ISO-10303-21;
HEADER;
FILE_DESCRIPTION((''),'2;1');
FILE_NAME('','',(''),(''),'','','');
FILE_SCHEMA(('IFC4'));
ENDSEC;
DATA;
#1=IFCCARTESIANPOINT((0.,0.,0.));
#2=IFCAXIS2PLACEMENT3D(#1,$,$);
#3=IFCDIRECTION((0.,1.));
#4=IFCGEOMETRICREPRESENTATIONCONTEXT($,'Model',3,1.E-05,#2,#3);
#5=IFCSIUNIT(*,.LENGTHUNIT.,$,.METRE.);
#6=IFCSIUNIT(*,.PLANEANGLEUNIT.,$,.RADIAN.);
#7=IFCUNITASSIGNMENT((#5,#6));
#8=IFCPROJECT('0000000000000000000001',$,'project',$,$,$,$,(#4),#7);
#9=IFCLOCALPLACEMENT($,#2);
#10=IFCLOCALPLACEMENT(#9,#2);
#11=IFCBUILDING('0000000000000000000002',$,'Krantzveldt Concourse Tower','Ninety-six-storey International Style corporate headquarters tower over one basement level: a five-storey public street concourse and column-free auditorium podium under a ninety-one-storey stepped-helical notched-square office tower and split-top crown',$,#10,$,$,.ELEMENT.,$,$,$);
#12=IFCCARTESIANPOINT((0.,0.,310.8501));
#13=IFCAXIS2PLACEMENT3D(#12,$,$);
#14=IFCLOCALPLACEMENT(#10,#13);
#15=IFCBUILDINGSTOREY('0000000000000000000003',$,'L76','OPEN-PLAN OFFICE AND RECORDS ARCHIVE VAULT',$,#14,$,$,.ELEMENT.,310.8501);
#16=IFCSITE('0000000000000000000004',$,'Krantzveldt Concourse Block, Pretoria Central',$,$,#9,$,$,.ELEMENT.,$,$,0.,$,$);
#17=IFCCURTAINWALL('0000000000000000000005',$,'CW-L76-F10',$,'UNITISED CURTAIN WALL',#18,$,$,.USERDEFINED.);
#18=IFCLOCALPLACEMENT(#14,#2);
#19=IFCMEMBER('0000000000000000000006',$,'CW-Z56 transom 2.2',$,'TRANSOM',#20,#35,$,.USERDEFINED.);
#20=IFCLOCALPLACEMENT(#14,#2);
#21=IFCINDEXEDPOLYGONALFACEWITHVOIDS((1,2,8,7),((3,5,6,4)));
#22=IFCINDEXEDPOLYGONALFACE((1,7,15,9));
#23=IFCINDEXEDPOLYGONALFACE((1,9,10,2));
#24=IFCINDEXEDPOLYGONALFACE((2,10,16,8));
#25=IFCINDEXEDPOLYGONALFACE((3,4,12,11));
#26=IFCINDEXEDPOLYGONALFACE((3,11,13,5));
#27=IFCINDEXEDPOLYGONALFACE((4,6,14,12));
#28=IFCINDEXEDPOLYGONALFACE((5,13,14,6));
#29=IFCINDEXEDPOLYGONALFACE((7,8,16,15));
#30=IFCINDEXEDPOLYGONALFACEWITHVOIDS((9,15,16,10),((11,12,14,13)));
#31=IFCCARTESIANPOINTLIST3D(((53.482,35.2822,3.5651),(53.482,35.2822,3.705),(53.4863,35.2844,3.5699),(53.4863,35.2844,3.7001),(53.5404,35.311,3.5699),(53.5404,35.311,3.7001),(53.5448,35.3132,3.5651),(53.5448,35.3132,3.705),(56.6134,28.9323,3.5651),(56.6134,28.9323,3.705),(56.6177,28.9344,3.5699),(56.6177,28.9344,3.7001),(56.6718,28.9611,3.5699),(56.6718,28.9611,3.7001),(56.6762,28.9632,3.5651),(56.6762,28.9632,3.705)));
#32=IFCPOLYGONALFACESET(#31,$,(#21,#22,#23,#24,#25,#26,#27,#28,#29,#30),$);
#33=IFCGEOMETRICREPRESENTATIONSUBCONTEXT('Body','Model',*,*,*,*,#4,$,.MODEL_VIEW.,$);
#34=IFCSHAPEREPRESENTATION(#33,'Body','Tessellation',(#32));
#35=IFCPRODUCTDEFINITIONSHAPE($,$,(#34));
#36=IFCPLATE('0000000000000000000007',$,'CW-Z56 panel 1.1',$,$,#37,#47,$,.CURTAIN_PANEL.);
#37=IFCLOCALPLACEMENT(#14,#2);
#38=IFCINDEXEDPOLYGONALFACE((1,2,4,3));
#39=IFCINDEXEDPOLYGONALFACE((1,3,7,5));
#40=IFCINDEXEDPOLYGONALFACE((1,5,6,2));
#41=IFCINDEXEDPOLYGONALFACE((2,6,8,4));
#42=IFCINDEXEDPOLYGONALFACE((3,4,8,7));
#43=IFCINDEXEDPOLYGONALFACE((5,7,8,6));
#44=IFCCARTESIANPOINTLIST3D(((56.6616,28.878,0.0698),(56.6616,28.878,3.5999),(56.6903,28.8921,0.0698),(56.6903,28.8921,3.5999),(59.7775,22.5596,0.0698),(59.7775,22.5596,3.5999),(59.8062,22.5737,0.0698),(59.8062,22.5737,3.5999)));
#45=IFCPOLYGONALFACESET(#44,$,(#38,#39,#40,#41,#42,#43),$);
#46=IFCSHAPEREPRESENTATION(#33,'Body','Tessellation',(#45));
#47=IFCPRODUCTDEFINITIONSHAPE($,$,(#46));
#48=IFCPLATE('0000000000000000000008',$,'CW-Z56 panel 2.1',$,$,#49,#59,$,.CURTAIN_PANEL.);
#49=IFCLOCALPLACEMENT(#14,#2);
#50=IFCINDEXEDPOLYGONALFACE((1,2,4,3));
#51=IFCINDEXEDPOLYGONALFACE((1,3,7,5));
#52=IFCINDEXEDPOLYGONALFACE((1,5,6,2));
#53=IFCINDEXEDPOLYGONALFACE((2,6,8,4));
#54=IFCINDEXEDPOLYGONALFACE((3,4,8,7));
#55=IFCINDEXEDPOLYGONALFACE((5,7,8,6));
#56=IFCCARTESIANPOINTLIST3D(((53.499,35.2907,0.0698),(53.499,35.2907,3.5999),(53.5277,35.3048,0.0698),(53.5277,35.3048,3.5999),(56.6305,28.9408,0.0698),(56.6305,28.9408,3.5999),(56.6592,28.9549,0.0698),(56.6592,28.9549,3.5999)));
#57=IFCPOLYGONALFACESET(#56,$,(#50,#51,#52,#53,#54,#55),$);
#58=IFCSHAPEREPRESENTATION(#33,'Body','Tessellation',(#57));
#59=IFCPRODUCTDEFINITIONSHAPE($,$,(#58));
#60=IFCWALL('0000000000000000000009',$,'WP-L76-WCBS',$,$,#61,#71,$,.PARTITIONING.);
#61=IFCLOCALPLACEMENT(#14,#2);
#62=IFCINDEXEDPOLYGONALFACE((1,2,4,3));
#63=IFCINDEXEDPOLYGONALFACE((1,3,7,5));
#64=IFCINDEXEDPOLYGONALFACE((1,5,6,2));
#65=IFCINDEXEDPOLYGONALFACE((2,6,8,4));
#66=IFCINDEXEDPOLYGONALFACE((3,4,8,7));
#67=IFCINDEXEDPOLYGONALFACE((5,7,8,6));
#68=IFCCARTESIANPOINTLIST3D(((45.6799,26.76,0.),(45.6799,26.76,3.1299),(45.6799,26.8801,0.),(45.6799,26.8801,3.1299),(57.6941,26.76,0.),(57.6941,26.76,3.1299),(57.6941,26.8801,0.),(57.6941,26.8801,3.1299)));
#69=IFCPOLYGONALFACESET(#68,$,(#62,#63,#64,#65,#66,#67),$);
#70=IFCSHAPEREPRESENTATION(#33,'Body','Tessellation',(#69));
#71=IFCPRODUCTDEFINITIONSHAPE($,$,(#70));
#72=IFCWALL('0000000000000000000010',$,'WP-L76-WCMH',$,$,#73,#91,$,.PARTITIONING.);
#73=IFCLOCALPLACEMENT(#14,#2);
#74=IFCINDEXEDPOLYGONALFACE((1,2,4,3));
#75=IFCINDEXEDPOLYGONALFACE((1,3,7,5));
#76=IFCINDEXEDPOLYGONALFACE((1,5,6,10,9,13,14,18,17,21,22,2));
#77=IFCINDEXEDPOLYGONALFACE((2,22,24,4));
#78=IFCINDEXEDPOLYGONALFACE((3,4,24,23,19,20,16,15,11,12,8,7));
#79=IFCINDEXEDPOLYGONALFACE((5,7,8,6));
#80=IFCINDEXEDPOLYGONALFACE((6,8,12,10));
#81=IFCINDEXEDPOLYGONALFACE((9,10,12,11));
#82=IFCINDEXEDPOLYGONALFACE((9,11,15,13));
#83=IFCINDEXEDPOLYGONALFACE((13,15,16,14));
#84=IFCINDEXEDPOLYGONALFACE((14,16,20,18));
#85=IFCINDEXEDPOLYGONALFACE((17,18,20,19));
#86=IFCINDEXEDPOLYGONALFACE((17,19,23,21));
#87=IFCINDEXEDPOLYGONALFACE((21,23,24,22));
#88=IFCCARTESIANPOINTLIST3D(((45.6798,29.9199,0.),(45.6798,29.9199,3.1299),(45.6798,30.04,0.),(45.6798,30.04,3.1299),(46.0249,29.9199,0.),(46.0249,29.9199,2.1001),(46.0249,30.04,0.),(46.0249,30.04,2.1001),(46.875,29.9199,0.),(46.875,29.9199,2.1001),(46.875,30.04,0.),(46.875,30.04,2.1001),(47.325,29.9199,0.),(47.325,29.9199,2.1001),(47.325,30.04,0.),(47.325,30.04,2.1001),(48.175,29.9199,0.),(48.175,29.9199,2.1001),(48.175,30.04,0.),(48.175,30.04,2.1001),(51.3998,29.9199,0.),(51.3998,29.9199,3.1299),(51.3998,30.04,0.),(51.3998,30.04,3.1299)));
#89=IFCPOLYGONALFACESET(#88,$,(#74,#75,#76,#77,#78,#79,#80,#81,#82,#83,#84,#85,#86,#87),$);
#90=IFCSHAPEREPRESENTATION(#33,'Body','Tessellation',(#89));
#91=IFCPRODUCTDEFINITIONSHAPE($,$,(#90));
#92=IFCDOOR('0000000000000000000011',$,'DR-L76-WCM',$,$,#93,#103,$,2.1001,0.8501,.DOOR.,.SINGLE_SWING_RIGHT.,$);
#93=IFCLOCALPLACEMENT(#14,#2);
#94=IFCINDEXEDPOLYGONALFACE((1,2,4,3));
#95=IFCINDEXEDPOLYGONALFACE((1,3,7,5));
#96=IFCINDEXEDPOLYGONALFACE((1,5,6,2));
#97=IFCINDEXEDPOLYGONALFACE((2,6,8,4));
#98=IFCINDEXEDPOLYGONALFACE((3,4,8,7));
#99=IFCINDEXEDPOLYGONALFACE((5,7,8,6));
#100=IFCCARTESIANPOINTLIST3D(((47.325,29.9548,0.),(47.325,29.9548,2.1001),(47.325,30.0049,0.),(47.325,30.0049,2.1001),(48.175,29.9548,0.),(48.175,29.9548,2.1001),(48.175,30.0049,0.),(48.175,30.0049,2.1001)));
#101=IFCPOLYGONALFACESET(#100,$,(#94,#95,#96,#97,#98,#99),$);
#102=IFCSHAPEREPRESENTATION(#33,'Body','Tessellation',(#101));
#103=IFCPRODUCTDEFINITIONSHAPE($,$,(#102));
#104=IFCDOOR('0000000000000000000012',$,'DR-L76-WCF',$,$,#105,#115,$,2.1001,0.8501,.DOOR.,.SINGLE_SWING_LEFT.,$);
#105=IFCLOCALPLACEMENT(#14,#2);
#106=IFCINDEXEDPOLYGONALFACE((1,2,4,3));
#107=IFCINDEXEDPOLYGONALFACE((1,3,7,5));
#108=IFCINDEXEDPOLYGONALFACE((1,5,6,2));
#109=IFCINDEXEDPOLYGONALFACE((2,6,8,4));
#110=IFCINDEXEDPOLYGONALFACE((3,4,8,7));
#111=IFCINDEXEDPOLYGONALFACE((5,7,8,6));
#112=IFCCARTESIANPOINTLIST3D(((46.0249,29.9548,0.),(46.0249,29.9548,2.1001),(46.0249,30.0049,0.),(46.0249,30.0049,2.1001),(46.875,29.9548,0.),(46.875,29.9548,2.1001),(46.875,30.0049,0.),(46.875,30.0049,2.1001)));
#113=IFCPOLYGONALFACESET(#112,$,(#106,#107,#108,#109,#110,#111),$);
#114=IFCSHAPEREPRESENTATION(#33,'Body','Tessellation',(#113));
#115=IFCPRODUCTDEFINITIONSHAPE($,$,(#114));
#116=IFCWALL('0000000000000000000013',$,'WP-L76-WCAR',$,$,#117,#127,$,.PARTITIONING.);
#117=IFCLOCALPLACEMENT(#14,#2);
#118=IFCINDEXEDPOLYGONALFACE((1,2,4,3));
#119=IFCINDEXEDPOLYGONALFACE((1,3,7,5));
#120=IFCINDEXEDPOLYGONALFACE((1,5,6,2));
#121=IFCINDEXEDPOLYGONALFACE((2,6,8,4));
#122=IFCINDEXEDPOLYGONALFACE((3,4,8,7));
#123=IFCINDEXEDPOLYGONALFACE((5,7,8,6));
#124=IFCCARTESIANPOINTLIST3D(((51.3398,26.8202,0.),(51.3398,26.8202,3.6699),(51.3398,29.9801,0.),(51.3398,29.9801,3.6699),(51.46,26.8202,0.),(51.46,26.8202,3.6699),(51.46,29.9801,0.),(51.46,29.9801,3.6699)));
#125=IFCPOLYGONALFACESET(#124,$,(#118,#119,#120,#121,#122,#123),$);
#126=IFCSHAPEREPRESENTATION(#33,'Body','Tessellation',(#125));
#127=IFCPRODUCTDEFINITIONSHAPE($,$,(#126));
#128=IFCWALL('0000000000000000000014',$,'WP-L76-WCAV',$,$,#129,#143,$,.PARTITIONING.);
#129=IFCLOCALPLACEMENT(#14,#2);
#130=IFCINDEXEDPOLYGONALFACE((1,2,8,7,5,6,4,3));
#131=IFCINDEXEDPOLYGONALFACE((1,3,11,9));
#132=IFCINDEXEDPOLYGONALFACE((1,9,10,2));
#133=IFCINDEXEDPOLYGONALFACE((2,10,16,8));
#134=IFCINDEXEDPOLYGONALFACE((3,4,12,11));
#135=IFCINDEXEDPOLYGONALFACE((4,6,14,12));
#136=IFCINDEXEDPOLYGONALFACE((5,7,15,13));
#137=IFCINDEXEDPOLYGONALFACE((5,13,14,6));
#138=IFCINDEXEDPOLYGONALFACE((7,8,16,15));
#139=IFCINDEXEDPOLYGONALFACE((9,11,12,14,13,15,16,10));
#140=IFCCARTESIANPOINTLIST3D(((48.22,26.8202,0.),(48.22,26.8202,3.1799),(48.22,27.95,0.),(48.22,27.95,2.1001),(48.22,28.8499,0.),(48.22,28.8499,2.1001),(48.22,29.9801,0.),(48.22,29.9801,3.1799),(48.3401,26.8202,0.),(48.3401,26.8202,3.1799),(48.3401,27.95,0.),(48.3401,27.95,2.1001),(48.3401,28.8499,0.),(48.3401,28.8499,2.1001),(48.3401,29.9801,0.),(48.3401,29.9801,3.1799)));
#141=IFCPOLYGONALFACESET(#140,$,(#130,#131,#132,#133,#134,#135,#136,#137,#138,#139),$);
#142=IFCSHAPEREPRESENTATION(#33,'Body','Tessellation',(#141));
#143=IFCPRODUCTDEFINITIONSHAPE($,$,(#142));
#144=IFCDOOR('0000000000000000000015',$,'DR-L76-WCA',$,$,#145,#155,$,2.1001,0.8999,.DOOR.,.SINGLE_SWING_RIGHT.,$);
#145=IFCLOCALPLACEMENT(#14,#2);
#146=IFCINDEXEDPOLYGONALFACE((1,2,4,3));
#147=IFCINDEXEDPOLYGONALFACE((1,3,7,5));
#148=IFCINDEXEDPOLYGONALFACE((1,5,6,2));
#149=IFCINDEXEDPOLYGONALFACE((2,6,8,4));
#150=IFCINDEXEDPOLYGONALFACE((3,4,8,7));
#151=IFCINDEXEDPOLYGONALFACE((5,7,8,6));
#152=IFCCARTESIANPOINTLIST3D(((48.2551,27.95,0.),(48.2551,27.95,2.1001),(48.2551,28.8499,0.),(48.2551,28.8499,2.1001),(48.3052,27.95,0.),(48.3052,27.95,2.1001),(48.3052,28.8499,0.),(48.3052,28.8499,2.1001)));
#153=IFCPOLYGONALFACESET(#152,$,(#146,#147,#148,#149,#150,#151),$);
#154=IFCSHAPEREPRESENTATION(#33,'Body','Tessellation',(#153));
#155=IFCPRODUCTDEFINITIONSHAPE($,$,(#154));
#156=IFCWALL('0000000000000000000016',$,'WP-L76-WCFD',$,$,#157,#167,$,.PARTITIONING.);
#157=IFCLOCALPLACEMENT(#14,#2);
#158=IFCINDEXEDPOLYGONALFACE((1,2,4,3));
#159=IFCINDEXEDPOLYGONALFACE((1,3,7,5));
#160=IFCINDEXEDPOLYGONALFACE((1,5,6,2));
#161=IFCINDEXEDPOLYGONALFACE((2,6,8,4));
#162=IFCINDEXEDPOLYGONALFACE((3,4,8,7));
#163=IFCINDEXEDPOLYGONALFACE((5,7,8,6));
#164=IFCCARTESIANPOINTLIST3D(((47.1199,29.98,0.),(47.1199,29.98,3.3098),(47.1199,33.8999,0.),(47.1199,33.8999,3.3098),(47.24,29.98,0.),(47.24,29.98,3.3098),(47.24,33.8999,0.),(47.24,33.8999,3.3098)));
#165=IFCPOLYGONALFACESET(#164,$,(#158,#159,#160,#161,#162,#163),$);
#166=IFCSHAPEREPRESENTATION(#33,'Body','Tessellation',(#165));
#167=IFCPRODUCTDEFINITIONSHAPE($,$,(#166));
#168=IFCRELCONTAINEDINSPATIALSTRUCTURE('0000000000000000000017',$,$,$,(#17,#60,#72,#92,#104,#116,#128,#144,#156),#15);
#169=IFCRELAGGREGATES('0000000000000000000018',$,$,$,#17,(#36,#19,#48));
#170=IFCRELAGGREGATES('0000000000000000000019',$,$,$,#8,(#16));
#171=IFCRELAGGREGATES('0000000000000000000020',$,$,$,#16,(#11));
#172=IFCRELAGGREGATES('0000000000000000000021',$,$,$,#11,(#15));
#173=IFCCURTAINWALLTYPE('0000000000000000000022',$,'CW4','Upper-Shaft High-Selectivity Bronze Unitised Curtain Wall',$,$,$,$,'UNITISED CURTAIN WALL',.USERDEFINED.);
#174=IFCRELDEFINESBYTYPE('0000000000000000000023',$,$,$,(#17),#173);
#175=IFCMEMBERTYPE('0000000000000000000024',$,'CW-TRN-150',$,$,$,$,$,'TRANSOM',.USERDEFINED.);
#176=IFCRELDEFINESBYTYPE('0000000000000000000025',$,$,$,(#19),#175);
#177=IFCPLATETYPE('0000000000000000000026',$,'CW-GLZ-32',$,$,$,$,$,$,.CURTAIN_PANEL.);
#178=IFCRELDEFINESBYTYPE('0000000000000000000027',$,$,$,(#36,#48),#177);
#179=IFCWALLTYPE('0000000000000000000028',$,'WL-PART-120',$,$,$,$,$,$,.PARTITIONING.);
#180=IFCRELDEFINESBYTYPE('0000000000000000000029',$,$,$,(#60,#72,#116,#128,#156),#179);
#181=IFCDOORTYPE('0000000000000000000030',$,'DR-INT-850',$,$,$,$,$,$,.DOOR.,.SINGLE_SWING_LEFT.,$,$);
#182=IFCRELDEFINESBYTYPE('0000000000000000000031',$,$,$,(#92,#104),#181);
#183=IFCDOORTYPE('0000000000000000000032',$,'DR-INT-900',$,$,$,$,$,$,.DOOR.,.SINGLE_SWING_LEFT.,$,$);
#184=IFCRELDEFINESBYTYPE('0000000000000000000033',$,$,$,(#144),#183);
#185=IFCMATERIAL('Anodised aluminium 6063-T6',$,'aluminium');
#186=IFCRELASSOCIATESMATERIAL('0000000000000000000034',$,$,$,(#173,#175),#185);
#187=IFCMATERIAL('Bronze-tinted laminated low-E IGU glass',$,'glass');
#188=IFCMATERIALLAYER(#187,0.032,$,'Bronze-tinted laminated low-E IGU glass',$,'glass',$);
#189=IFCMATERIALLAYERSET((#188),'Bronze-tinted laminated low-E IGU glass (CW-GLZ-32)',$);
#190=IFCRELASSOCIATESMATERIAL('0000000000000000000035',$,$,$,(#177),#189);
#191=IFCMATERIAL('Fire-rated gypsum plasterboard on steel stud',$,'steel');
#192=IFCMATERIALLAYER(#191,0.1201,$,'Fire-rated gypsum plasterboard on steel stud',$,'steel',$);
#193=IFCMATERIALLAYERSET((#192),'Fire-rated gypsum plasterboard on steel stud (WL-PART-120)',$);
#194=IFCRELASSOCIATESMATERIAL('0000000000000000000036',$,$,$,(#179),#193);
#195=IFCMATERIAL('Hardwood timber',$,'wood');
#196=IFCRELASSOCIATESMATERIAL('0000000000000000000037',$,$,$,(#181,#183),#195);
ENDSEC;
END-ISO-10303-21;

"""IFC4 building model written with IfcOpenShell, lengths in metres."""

from ifc_helpers import new_model, si_unit, direction, frame, frame_2d, origin, origin_2d, place, context, subcontext, project, spatial, rectangle, hollow_rectangle, extrude, source, transform, mapped, material, layer, layer_set, material_profile, profile_set, type_object, type_shapes, element, fill, aggregate, save


model = new_model("IFC4")

# Units and contexts
model_context = context("Model", 3, precision=1e-05, world=origin(), true_north=direction((0.0, 1.0)))
body_context = subcontext(model_context, "Body", "Model", "MODEL_VIEW")
ifc_project = project(units=[si_unit("LENGTHUNIT", "METRE"), si_unit("PLANEANGLEUNIT", "RADIAN")], contexts=[model_context])

# Site, building, storey
site_placement = place(None, origin())
site = spatial("IfcSite", under=ifc_project, at=site_placement, Name="Krantzveldt Concourse Block, Pretoria Central", CompositionType="ELEMENT", RefElevation=0.0)
building_placement = place(site_placement, origin())
building = spatial("IfcBuilding", under=site, at=building_placement, Name="Krantzveldt Concourse Tower", Description="Ninety-six-storey International Style corporate headquarters tower over one basement level: a five-storey public street concourse and column-free auditorium podium under a ninety-one-storey stepped-helical notched-square office tower and split-top crown", CompositionType="ELEMENT")
storey_placement = place(building_placement, frame((0.0, 0.0, 310.8501)))
storey = spatial("IfcBuildingStorey", under=building, at=storey_placement, Name="L76", Description="OPEN-PLAN OFFICE AND RECORDS ARCHIVE VAULT", CompositionType="ELEMENT", Elevation=310.8501)

# Curtain wall, member, plates
ifc_material_1 = material(Name="Anodised aluminium 6063-T6", Category="aluminium")
curtain_wall_type = type_object("IfcCurtainWallType", Name="CW4", Description="Upper-Shaft High-Selectivity Bronze Unitised Curtain Wall", ElementType="UNITISED CURTAIN WALL", PredefinedType="USERDEFINED", material=ifc_material_1)
curtain_wall_placement = place(storey_placement, origin())
curtain_wall = element("IfcCurtainWall", 1, at=curtain_wall_placement, inside=storey, type_object=curtain_wall_type, Name="CW-L76-F10", ObjectType="UNITISED CURTAIN WALL", PredefinedType="USERDEFINED")
ifc_material_profile_1 = material_profile(ifc_material_1, hollow_rectangle(XDim=0.0701, YDim=0.1399, WallThickness=0.0049, at=origin_2d()), Name="Anodised aluminium 6063-T6", Category="aluminium")
ifc_profile_set_1 = profile_set([ifc_material_profile_1], Name="Anodised aluminium 6063-T6 - ALU-TRAN 140x70x5")
member_type_1 = type_object("IfcMemberType", Name="CW-TRN-150", ElementType="TRANSOM", PredefinedType="USERDEFINED", material=ifc_profile_set_1)
shared_shape_1 = source(origin(), body_context, "Body", "SweptSolid", [
    extrude(hollow_rectangle(XDim=0.0701, YDim=0.1399, WallThickness=0.0049, at=origin_2d()), origin(), (0.0, 0.0, 1.0), 7.0801),
])
type_shapes(member_type_1, [shared_shape_1])
member_1_placement = place(storey_placement, frame((56.6448, 28.9478, 3.635), z_axis=(-0.442283, 0.896876, 0.0), x_axis=(-0.896876, -0.442283, 0.0)))
member_1 = element("IfcMember", 2, at=member_1_placement, type_object=member_type_1, Name="CW-Z56 transom 2.2", ObjectType="TRANSOM", PredefinedType="USERDEFINED", context=body_context, shape_type="MappedRepresentation", body=[
    mapped(shared_shape_1, transform((0.0, 0.0, 0.0), x_axis=(1.0, 0.0, 0.0), y_axis=(0.0, 1.0, 0.0), z_axis=(0.0, 0.0, 1.0), scale=1.0)),
])
ifc_material_2 = material(Name="Bronze-tinted laminated low-E IGU glass", Category="glass")
ifc_layer_1 = layer(ifc_material_2, 0.032, Name="Bronze-tinted laminated low-E IGU glass", Category="glass")
ifc_layer_set_1 = layer_set([ifc_layer_1], Name="Bronze-tinted laminated low-E IGU glass (CW-GLZ-32)")
plate_type = type_object("IfcPlateType", Name="CW-GLZ-32", PredefinedType="CURTAIN_PANEL", material=ifc_layer_set_1)
shared_shape_2 = source(origin(), body_context, "Body", "SweptSolid", [
    extrude(rectangle(XDim=7.0449, YDim=0.032, at=origin_2d()), origin(), (0.0, 0.0, 1.0), 3.53),
])
plate_1_placement = place(storey_placement, frame((58.2339, 25.7258, 0.0698), z_axis=(0.0, 0.0, 1.0), x_axis=(-0.442289, 0.896873, 0.0)))
plate_1 = element("IfcPlate", 3, at=plate_1_placement, type_object=plate_type, Name="CW-Z56 panel 1.1", PredefinedType="CURTAIN_PANEL", context=body_context, shape_type="MappedRepresentation", body=[
    mapped(shared_shape_2, transform((0.0, 0.0, 0.0), x_axis=(1.0, 0.0, 0.0), y_axis=(0.0, 1.0, 0.0), z_axis=(0.0, 0.0, 1.0), scale=1.0)),
])
shared_shape_3 = source(origin(), body_context, "Body", "SweptSolid", [
    extrude(rectangle(XDim=7.0801, YDim=0.032, at=origin_2d()), origin(), (0.0, 0.0, 1.0), 3.53),
])
type_shapes(plate_type, [shared_shape_2, shared_shape_3])
plate_2_placement = place(storey_placement, frame((55.0791, 32.1228, 0.0698), z_axis=(0.0, 0.0, 1.0), x_axis=(-0.442289, 0.896873, 0.0)))
plate_2 = element("IfcPlate", 4, at=plate_2_placement, type_object=plate_type, Name="CW-Z56 panel 2.1", PredefinedType="CURTAIN_PANEL", context=body_context, shape_type="MappedRepresentation", body=[
    mapped(shared_shape_3, transform((0.0, 0.0, 0.0), x_axis=(1.0, 0.0, 0.0), y_axis=(0.0, 1.0, 0.0), z_axis=(0.0, 0.0, 1.0), scale=1.0)),
])
aggregate(curtain_wall, [plate_1, member_1, plate_2])

# Wall
ifc_material_3 = material(Name="Fire-rated gypsum plasterboard on steel stud", Category="steel")
ifc_layer_2 = layer(ifc_material_3, 0.1201, Name="Fire-rated gypsum plasterboard on steel stud", Category="steel")
ifc_layer_set_2 = layer_set([ifc_layer_2], Name="Fire-rated gypsum plasterboard on steel stud (WL-PART-120)")
wall_type_1 = type_object("IfcWallType", Name="WL-PART-120", PredefinedType="PARTITIONING", material=ifc_layer_set_2)
wall_1_placement = place(storey_placement, frame((45.6799, 26.8201, 0.0), z_axis=(0.0, 0.0, 1.0), x_axis=(1.0, 0.0, 0.0)))
element("IfcWall", 5, at=wall_1_placement, inside=storey, type_object=wall_type_1, Name="WP-L76-WCBS", PredefinedType="PARTITIONING", context=body_context, shape_type="SweptSolid", body=[
    extrude(rectangle(XDim=12.0142, YDim=0.1201, at=frame_2d((6.0071, 0.0))), origin(), (0.0, 0.0, 1.0), 3.1299),
])

# Wall, openings, doors
wall_2_placement = place(storey_placement, frame((45.6799, 29.98, 0.0), z_axis=(0.0, 0.0, 1.0), x_axis=(1.0, 0.0, 0.0)))
wall_2 = element("IfcWall", 6, at=wall_2_placement, inside=storey, type_object=wall_type_1, Name="WP-L76-WCMH", PredefinedType="PARTITIONING", context=body_context, shape_type="SweptSolid", body=[
    extrude(rectangle(XDim=5.72, YDim=0.1201, at=frame_2d((2.8599, 0.0))), origin(), (0.0, 0.0, 1.0), 3.1299),
])
opening_1_placement = place(wall_2_placement, frame((1.645, 0.0, 0.0)))
opening_1 = element("IfcOpeningElement", 7, at=opening_1_placement, cuts=wall_2, PredefinedType="OPENING", context=body_context, shape_type="SweptSolid", body=[
    extrude(rectangle(XDim=0.8501, YDim=2.1001, at=frame_2d((0.425, 1.05))), frame((0.0, 0.0701, 0.0), z_axis=(0.0, -1.0, 0.0), x_axis=(1.0, 0.0, 0.0)), (0.0, 0.0, 1.0), 0.1401),
])
opening_2_placement = place(wall_2_placement, frame((0.345, 0.0, 0.0)))
opening_2 = element("IfcOpeningElement", 8, at=opening_2_placement, cuts=wall_2, PredefinedType="OPENING", context=body_context, shape_type="SweptSolid", body=[
    extrude(rectangle(XDim=0.8501, YDim=2.1001, at=frame_2d((0.425, 1.05))), frame((0.0, 0.0701, 0.0), z_axis=(0.0, -1.0, 0.0), x_axis=(1.0, 0.0, 0.0)), (0.0, 0.0, 1.0), 0.1401),
])
ifc_material_4 = material(Name="Hardwood timber", Category="wood")
door_type_1 = type_object("IfcDoorType", Name="DR-INT-850", OperationType="SINGLE_SWING_LEFT", PredefinedType="DOOR", material=ifc_material_4)
door_1_placement = place(opening_1_placement, origin())
door_1 = element("IfcDoor", 9, at=door_1_placement, inside=storey, type_object=door_type_1, Name="DR-L76-WCM", OperationType="SINGLE_SWING_RIGHT", OverallHeight=2.1001, OverallWidth=0.8501, PredefinedType="DOOR", context=body_context, shape_type="SweptSolid", body=[
    extrude(rectangle(XDim=0.8501, YDim=2.1001, at=frame_2d((0.425, 1.05))), frame((0.0, 0.0249, 0.0), z_axis=(0.0, -1.0, 0.0), x_axis=(1.0, 0.0, 0.0)), (0.0, 0.0, 1.0), 0.05),
])
fill(opening_1, door_1)
door_2_placement = place(opening_2_placement, origin())
door_2 = element("IfcDoor", 10, at=door_2_placement, inside=storey, type_object=door_type_1, Name="DR-L76-WCF", OperationType="SINGLE_SWING_LEFT", OverallHeight=2.1001, OverallWidth=0.8501, PredefinedType="DOOR", context=body_context, shape_type="SweptSolid", body=[
    extrude(rectangle(XDim=0.8501, YDim=2.1001, at=frame_2d((0.425, 1.05))), frame((0.0, 0.0249, 0.0), z_axis=(0.0, -1.0, 0.0), x_axis=(1.0, 0.0, 0.0)), (0.0, 0.0, 1.0), 0.05),
])
fill(opening_2, door_2)

# Wall
wall_3_placement = place(storey_placement, frame((51.3999, 26.8201, 0.0), z_axis=(0.0, 0.0, 1.0), x_axis=(0.0, 1.0, 0.0)))
element("IfcWall", 11, at=wall_3_placement, inside=storey, type_object=wall_type_1, Name="WP-L76-WCAR", PredefinedType="PARTITIONING", context=body_context, shape_type="SweptSolid", body=[
    extrude(rectangle(XDim=3.1599, YDim=0.1201, at=frame_2d((1.5801, 0.0))), origin(), (0.0, 0.0, 1.0), 3.6699),
])

# Wall, opening, door
wall_4_placement = place(storey_placement, frame((48.28, 26.8201, 0.0), z_axis=(0.0, 0.0, 1.0), x_axis=(0.0, 1.0, 0.0)))
wall_4 = element("IfcWall", 12, at=wall_4_placement, inside=storey, type_object=wall_type_1, Name="WP-L76-WCAV", PredefinedType="PARTITIONING", context=body_context, shape_type="SweptSolid", body=[
    extrude(rectangle(XDim=3.1599, YDim=0.1201, at=frame_2d((1.5801, 0.0))), origin(), (0.0, 0.0, 1.0), 3.1799),
])
opening_3_placement = place(wall_4_placement, frame((1.1299, 0.0, 0.0)))
opening_3 = element("IfcOpeningElement", 13, at=opening_3_placement, cuts=wall_4, PredefinedType="OPENING", context=body_context, shape_type="SweptSolid", body=[
    extrude(rectangle(XDim=0.8999, YDim=2.1001, at=frame_2d((0.45, 1.05))), frame((0.0, 0.0701, 0.0), z_axis=(0.0, -1.0, 0.0), x_axis=(1.0, 0.0, 0.0)), (0.0, 0.0, 1.0), 0.1401),
])
door_type_2 = type_object("IfcDoorType", Name="DR-INT-900", OperationType="SINGLE_SWING_LEFT", PredefinedType="DOOR", material=ifc_material_4)
door_3_placement = place(opening_3_placement, origin())
door_3 = element("IfcDoor", 14, at=door_3_placement, inside=storey, type_object=door_type_2, Name="DR-L76-WCA", OperationType="SINGLE_SWING_RIGHT", OverallHeight=2.1001, OverallWidth=0.8999, PredefinedType="DOOR", context=body_context, shape_type="SweptSolid", body=[
    extrude(rectangle(XDim=0.8999, YDim=2.1001, at=frame_2d((0.45, 1.05))), frame((0.0, 0.0249, 0.0), z_axis=(0.0, -1.0, 0.0), x_axis=(1.0, 0.0, 0.0)), (0.0, 0.0, 1.0), 0.05),
])
fill(opening_3, door_3)

# Wall
wall_5_placement = place(storey_placement, frame((47.1799, 29.98, 0.0), z_axis=(0.0, 0.0, 1.0), x_axis=(0.0, 1.0, 0.0)))
element("IfcWall", 15, at=wall_5_placement, inside=storey, type_object=wall_type_1, Name="WP-L76-WCFD", PredefinedType="PARTITIONING", context=body_context, shape_type="SweptSolid", body=[
    extrude(rectangle(XDim=3.9199, YDim=0.1201, at=frame_2d((1.96, 0.0))), origin(), (0.0, 0.0, 1.0), 3.3098),
])

save(model, "model.ifc")
